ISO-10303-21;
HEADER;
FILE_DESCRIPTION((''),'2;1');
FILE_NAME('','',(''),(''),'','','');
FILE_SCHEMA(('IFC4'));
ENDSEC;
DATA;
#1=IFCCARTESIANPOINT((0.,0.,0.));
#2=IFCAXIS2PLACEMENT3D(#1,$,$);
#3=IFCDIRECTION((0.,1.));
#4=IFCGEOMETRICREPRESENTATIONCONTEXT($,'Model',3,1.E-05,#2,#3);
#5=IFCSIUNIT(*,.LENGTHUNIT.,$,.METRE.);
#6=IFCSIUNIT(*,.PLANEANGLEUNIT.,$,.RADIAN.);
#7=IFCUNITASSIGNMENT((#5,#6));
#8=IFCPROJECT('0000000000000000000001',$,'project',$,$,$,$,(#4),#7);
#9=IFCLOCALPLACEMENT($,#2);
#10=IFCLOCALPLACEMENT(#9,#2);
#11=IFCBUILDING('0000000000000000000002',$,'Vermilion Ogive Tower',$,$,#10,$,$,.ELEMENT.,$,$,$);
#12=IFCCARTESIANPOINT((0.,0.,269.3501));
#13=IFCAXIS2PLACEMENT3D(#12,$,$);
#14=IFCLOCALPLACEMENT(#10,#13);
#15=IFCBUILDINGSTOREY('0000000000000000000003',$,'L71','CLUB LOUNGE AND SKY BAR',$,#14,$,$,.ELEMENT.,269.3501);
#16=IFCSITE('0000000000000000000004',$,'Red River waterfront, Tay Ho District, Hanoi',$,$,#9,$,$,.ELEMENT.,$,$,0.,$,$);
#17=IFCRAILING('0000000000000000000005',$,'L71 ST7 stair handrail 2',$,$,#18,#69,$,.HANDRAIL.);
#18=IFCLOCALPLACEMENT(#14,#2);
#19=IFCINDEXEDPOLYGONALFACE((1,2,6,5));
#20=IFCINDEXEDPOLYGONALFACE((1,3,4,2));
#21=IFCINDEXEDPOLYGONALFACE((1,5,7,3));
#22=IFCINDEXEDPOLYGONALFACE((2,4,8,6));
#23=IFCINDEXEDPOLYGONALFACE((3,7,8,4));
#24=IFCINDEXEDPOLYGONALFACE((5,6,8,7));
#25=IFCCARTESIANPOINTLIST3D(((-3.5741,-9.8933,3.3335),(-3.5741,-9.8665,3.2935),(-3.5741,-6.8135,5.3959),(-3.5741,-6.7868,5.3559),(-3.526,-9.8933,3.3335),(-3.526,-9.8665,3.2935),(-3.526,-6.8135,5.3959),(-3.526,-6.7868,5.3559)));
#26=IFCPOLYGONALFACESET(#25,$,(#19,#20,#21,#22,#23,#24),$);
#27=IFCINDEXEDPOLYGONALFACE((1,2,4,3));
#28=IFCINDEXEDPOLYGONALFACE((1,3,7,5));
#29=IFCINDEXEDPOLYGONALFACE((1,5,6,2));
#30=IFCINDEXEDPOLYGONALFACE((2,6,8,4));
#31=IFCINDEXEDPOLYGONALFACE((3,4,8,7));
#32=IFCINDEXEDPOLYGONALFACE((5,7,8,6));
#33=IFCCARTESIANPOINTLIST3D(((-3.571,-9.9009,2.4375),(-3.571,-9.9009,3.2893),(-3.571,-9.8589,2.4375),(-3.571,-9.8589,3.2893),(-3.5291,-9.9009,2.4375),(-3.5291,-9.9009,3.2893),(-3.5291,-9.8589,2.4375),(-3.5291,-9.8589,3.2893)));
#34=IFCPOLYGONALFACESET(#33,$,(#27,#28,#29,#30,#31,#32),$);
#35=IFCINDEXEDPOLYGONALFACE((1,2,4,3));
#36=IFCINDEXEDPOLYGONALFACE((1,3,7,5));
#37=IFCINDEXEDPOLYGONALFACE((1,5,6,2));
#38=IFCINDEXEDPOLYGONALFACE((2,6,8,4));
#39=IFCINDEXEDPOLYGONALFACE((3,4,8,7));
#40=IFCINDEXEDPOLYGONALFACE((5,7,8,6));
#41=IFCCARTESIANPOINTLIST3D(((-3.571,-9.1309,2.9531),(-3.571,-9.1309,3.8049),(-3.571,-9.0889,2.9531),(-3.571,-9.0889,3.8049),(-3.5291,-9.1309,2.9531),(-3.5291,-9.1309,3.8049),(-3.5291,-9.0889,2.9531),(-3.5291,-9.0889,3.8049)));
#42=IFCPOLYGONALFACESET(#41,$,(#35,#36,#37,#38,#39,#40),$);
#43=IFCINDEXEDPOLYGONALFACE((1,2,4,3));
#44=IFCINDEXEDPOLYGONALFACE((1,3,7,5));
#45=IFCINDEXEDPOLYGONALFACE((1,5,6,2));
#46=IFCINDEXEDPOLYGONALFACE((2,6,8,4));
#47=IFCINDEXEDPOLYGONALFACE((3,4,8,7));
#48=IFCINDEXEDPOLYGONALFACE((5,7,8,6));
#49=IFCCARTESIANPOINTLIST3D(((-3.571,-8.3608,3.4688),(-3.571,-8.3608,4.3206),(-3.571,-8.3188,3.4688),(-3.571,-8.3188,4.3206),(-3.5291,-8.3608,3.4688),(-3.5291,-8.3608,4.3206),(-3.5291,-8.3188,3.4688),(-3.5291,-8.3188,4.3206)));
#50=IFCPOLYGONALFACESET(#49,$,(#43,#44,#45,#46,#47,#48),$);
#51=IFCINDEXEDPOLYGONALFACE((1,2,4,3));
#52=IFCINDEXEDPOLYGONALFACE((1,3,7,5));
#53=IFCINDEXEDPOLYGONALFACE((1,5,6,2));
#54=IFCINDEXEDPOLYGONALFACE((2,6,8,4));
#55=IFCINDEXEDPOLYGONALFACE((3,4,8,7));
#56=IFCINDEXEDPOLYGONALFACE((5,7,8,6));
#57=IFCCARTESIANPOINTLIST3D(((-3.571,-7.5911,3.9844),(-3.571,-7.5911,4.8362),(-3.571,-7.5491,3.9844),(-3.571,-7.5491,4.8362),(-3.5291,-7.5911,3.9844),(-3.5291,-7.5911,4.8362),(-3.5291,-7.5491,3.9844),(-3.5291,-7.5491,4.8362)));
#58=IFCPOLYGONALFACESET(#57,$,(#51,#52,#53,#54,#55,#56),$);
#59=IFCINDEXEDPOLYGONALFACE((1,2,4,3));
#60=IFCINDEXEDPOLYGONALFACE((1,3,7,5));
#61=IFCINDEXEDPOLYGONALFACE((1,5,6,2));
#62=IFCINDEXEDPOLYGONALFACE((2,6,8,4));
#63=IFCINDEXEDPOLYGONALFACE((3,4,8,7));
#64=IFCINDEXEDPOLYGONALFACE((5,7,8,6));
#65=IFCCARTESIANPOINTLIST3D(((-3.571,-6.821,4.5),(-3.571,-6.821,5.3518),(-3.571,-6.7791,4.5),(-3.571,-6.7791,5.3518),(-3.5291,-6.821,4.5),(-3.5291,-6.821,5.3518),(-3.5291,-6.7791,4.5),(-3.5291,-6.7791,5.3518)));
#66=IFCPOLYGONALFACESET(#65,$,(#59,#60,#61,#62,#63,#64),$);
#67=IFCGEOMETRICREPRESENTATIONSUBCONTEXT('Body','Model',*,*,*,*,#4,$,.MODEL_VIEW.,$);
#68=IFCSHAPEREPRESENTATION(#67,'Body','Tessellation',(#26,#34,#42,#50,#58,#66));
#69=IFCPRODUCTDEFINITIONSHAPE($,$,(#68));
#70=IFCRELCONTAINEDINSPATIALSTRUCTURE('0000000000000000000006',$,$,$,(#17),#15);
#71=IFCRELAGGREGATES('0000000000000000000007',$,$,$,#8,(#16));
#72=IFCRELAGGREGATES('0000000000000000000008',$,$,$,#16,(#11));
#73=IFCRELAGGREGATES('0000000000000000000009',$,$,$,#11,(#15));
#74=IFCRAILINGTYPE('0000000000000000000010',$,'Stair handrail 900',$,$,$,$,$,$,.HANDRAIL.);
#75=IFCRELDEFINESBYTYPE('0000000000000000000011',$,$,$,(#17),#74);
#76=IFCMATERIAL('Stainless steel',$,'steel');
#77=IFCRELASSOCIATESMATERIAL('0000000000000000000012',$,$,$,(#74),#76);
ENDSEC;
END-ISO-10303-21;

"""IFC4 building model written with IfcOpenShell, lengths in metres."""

from ifc_helpers import new_model, si_unit, direction, frame, origin, origin_2d, place, context, subcontext, project, spatial, rectangle, extrude, material, type_object, element, save


model = new_model("IFC4")

# Units and contexts
model_context = context("Model", 3, precision=1e-05, world=origin(), true_north=direction((0.0, 1.0)))
body_context = subcontext(model_context, "Body", "Model", "MODEL_VIEW")
ifc_project = project(units=[si_unit("LENGTHUNIT", "METRE"), si_unit("PLANEANGLEUNIT", "RADIAN")], contexts=[model_context])

# Site, building, storey
site_placement = place(None, origin())
site = spatial("IfcSite", under=ifc_project, at=site_placement, Name="Red River waterfront, Tay Ho District, Hanoi", CompositionType="ELEMENT", RefElevation=0.0)
building_placement = place(site_placement, origin())
building = spatial("IfcBuilding", under=site, at=building_placement, Name="Vermilion Ogive Tower", CompositionType="ELEMENT")
storey_placement = place(building_placement, frame((0.0, 0.0, 269.3501)))
storey = spatial("IfcBuildingStorey", under=building, at=storey_placement, Name="L71", Description="CLUB LOUNGE AND SKY BAR", CompositionType="ELEMENT", Elevation=269.3501)

# Railing
ifc_material_1 = material(Name="Stainless steel", Category="steel")
railing_type_1 = type_object("IfcRailingType", Name="Stair handrail 900", PredefinedType="HANDRAIL", material=ifc_material_1)
railing_1_placement = place(storey_placement, frame((-3.55, -9.8799, 2.4375)))
element("IfcRailing", 1, at=railing_1_placement, inside=storey, type_object=railing_type_1, Name="L71 ST7 stair handrail 2", PredefinedType="HANDRAIL", context=body_context, shape_type="SweptSolid", body=[
    extrude(rectangle(XDim=0.0481, YDim=0.0481, at=origin_2d()), frame((0.0, 0.0, 0.876), z_axis=(0.0, 0.830893, 0.556432), x_axis=(-1.0, 0.0, 0.0)), (0.0, 0.0, 1.0), 3.7065),
    extrude(rectangle(XDim=0.042, YDim=0.042, at=origin_2d()), origin(), (0.0, 0.0, 1.0), 0.8518),
    extrude(rectangle(XDim=0.042, YDim=0.042, at=origin_2d()), frame((0.0, 0.77, 0.5156)), (0.0, 0.0, 1.0), 0.8518),
    extrude(rectangle(XDim=0.042, YDim=0.042, at=origin_2d()), frame((0.0, 1.54, 1.0312)), (0.0, 0.0, 1.0), 0.8518),
    extrude(rectangle(XDim=0.042, YDim=0.042, at=origin_2d()), frame((0.0, 2.3098, 1.5469)), (0.0, 0.0, 1.0), 0.8518),
    extrude(rectangle(XDim=0.042, YDim=0.042, at=origin_2d()), frame((0.0, 3.0798, 2.0625)), (0.0, 0.0, 1.0), 0.8518),
])

save(model, "model.ifc")
